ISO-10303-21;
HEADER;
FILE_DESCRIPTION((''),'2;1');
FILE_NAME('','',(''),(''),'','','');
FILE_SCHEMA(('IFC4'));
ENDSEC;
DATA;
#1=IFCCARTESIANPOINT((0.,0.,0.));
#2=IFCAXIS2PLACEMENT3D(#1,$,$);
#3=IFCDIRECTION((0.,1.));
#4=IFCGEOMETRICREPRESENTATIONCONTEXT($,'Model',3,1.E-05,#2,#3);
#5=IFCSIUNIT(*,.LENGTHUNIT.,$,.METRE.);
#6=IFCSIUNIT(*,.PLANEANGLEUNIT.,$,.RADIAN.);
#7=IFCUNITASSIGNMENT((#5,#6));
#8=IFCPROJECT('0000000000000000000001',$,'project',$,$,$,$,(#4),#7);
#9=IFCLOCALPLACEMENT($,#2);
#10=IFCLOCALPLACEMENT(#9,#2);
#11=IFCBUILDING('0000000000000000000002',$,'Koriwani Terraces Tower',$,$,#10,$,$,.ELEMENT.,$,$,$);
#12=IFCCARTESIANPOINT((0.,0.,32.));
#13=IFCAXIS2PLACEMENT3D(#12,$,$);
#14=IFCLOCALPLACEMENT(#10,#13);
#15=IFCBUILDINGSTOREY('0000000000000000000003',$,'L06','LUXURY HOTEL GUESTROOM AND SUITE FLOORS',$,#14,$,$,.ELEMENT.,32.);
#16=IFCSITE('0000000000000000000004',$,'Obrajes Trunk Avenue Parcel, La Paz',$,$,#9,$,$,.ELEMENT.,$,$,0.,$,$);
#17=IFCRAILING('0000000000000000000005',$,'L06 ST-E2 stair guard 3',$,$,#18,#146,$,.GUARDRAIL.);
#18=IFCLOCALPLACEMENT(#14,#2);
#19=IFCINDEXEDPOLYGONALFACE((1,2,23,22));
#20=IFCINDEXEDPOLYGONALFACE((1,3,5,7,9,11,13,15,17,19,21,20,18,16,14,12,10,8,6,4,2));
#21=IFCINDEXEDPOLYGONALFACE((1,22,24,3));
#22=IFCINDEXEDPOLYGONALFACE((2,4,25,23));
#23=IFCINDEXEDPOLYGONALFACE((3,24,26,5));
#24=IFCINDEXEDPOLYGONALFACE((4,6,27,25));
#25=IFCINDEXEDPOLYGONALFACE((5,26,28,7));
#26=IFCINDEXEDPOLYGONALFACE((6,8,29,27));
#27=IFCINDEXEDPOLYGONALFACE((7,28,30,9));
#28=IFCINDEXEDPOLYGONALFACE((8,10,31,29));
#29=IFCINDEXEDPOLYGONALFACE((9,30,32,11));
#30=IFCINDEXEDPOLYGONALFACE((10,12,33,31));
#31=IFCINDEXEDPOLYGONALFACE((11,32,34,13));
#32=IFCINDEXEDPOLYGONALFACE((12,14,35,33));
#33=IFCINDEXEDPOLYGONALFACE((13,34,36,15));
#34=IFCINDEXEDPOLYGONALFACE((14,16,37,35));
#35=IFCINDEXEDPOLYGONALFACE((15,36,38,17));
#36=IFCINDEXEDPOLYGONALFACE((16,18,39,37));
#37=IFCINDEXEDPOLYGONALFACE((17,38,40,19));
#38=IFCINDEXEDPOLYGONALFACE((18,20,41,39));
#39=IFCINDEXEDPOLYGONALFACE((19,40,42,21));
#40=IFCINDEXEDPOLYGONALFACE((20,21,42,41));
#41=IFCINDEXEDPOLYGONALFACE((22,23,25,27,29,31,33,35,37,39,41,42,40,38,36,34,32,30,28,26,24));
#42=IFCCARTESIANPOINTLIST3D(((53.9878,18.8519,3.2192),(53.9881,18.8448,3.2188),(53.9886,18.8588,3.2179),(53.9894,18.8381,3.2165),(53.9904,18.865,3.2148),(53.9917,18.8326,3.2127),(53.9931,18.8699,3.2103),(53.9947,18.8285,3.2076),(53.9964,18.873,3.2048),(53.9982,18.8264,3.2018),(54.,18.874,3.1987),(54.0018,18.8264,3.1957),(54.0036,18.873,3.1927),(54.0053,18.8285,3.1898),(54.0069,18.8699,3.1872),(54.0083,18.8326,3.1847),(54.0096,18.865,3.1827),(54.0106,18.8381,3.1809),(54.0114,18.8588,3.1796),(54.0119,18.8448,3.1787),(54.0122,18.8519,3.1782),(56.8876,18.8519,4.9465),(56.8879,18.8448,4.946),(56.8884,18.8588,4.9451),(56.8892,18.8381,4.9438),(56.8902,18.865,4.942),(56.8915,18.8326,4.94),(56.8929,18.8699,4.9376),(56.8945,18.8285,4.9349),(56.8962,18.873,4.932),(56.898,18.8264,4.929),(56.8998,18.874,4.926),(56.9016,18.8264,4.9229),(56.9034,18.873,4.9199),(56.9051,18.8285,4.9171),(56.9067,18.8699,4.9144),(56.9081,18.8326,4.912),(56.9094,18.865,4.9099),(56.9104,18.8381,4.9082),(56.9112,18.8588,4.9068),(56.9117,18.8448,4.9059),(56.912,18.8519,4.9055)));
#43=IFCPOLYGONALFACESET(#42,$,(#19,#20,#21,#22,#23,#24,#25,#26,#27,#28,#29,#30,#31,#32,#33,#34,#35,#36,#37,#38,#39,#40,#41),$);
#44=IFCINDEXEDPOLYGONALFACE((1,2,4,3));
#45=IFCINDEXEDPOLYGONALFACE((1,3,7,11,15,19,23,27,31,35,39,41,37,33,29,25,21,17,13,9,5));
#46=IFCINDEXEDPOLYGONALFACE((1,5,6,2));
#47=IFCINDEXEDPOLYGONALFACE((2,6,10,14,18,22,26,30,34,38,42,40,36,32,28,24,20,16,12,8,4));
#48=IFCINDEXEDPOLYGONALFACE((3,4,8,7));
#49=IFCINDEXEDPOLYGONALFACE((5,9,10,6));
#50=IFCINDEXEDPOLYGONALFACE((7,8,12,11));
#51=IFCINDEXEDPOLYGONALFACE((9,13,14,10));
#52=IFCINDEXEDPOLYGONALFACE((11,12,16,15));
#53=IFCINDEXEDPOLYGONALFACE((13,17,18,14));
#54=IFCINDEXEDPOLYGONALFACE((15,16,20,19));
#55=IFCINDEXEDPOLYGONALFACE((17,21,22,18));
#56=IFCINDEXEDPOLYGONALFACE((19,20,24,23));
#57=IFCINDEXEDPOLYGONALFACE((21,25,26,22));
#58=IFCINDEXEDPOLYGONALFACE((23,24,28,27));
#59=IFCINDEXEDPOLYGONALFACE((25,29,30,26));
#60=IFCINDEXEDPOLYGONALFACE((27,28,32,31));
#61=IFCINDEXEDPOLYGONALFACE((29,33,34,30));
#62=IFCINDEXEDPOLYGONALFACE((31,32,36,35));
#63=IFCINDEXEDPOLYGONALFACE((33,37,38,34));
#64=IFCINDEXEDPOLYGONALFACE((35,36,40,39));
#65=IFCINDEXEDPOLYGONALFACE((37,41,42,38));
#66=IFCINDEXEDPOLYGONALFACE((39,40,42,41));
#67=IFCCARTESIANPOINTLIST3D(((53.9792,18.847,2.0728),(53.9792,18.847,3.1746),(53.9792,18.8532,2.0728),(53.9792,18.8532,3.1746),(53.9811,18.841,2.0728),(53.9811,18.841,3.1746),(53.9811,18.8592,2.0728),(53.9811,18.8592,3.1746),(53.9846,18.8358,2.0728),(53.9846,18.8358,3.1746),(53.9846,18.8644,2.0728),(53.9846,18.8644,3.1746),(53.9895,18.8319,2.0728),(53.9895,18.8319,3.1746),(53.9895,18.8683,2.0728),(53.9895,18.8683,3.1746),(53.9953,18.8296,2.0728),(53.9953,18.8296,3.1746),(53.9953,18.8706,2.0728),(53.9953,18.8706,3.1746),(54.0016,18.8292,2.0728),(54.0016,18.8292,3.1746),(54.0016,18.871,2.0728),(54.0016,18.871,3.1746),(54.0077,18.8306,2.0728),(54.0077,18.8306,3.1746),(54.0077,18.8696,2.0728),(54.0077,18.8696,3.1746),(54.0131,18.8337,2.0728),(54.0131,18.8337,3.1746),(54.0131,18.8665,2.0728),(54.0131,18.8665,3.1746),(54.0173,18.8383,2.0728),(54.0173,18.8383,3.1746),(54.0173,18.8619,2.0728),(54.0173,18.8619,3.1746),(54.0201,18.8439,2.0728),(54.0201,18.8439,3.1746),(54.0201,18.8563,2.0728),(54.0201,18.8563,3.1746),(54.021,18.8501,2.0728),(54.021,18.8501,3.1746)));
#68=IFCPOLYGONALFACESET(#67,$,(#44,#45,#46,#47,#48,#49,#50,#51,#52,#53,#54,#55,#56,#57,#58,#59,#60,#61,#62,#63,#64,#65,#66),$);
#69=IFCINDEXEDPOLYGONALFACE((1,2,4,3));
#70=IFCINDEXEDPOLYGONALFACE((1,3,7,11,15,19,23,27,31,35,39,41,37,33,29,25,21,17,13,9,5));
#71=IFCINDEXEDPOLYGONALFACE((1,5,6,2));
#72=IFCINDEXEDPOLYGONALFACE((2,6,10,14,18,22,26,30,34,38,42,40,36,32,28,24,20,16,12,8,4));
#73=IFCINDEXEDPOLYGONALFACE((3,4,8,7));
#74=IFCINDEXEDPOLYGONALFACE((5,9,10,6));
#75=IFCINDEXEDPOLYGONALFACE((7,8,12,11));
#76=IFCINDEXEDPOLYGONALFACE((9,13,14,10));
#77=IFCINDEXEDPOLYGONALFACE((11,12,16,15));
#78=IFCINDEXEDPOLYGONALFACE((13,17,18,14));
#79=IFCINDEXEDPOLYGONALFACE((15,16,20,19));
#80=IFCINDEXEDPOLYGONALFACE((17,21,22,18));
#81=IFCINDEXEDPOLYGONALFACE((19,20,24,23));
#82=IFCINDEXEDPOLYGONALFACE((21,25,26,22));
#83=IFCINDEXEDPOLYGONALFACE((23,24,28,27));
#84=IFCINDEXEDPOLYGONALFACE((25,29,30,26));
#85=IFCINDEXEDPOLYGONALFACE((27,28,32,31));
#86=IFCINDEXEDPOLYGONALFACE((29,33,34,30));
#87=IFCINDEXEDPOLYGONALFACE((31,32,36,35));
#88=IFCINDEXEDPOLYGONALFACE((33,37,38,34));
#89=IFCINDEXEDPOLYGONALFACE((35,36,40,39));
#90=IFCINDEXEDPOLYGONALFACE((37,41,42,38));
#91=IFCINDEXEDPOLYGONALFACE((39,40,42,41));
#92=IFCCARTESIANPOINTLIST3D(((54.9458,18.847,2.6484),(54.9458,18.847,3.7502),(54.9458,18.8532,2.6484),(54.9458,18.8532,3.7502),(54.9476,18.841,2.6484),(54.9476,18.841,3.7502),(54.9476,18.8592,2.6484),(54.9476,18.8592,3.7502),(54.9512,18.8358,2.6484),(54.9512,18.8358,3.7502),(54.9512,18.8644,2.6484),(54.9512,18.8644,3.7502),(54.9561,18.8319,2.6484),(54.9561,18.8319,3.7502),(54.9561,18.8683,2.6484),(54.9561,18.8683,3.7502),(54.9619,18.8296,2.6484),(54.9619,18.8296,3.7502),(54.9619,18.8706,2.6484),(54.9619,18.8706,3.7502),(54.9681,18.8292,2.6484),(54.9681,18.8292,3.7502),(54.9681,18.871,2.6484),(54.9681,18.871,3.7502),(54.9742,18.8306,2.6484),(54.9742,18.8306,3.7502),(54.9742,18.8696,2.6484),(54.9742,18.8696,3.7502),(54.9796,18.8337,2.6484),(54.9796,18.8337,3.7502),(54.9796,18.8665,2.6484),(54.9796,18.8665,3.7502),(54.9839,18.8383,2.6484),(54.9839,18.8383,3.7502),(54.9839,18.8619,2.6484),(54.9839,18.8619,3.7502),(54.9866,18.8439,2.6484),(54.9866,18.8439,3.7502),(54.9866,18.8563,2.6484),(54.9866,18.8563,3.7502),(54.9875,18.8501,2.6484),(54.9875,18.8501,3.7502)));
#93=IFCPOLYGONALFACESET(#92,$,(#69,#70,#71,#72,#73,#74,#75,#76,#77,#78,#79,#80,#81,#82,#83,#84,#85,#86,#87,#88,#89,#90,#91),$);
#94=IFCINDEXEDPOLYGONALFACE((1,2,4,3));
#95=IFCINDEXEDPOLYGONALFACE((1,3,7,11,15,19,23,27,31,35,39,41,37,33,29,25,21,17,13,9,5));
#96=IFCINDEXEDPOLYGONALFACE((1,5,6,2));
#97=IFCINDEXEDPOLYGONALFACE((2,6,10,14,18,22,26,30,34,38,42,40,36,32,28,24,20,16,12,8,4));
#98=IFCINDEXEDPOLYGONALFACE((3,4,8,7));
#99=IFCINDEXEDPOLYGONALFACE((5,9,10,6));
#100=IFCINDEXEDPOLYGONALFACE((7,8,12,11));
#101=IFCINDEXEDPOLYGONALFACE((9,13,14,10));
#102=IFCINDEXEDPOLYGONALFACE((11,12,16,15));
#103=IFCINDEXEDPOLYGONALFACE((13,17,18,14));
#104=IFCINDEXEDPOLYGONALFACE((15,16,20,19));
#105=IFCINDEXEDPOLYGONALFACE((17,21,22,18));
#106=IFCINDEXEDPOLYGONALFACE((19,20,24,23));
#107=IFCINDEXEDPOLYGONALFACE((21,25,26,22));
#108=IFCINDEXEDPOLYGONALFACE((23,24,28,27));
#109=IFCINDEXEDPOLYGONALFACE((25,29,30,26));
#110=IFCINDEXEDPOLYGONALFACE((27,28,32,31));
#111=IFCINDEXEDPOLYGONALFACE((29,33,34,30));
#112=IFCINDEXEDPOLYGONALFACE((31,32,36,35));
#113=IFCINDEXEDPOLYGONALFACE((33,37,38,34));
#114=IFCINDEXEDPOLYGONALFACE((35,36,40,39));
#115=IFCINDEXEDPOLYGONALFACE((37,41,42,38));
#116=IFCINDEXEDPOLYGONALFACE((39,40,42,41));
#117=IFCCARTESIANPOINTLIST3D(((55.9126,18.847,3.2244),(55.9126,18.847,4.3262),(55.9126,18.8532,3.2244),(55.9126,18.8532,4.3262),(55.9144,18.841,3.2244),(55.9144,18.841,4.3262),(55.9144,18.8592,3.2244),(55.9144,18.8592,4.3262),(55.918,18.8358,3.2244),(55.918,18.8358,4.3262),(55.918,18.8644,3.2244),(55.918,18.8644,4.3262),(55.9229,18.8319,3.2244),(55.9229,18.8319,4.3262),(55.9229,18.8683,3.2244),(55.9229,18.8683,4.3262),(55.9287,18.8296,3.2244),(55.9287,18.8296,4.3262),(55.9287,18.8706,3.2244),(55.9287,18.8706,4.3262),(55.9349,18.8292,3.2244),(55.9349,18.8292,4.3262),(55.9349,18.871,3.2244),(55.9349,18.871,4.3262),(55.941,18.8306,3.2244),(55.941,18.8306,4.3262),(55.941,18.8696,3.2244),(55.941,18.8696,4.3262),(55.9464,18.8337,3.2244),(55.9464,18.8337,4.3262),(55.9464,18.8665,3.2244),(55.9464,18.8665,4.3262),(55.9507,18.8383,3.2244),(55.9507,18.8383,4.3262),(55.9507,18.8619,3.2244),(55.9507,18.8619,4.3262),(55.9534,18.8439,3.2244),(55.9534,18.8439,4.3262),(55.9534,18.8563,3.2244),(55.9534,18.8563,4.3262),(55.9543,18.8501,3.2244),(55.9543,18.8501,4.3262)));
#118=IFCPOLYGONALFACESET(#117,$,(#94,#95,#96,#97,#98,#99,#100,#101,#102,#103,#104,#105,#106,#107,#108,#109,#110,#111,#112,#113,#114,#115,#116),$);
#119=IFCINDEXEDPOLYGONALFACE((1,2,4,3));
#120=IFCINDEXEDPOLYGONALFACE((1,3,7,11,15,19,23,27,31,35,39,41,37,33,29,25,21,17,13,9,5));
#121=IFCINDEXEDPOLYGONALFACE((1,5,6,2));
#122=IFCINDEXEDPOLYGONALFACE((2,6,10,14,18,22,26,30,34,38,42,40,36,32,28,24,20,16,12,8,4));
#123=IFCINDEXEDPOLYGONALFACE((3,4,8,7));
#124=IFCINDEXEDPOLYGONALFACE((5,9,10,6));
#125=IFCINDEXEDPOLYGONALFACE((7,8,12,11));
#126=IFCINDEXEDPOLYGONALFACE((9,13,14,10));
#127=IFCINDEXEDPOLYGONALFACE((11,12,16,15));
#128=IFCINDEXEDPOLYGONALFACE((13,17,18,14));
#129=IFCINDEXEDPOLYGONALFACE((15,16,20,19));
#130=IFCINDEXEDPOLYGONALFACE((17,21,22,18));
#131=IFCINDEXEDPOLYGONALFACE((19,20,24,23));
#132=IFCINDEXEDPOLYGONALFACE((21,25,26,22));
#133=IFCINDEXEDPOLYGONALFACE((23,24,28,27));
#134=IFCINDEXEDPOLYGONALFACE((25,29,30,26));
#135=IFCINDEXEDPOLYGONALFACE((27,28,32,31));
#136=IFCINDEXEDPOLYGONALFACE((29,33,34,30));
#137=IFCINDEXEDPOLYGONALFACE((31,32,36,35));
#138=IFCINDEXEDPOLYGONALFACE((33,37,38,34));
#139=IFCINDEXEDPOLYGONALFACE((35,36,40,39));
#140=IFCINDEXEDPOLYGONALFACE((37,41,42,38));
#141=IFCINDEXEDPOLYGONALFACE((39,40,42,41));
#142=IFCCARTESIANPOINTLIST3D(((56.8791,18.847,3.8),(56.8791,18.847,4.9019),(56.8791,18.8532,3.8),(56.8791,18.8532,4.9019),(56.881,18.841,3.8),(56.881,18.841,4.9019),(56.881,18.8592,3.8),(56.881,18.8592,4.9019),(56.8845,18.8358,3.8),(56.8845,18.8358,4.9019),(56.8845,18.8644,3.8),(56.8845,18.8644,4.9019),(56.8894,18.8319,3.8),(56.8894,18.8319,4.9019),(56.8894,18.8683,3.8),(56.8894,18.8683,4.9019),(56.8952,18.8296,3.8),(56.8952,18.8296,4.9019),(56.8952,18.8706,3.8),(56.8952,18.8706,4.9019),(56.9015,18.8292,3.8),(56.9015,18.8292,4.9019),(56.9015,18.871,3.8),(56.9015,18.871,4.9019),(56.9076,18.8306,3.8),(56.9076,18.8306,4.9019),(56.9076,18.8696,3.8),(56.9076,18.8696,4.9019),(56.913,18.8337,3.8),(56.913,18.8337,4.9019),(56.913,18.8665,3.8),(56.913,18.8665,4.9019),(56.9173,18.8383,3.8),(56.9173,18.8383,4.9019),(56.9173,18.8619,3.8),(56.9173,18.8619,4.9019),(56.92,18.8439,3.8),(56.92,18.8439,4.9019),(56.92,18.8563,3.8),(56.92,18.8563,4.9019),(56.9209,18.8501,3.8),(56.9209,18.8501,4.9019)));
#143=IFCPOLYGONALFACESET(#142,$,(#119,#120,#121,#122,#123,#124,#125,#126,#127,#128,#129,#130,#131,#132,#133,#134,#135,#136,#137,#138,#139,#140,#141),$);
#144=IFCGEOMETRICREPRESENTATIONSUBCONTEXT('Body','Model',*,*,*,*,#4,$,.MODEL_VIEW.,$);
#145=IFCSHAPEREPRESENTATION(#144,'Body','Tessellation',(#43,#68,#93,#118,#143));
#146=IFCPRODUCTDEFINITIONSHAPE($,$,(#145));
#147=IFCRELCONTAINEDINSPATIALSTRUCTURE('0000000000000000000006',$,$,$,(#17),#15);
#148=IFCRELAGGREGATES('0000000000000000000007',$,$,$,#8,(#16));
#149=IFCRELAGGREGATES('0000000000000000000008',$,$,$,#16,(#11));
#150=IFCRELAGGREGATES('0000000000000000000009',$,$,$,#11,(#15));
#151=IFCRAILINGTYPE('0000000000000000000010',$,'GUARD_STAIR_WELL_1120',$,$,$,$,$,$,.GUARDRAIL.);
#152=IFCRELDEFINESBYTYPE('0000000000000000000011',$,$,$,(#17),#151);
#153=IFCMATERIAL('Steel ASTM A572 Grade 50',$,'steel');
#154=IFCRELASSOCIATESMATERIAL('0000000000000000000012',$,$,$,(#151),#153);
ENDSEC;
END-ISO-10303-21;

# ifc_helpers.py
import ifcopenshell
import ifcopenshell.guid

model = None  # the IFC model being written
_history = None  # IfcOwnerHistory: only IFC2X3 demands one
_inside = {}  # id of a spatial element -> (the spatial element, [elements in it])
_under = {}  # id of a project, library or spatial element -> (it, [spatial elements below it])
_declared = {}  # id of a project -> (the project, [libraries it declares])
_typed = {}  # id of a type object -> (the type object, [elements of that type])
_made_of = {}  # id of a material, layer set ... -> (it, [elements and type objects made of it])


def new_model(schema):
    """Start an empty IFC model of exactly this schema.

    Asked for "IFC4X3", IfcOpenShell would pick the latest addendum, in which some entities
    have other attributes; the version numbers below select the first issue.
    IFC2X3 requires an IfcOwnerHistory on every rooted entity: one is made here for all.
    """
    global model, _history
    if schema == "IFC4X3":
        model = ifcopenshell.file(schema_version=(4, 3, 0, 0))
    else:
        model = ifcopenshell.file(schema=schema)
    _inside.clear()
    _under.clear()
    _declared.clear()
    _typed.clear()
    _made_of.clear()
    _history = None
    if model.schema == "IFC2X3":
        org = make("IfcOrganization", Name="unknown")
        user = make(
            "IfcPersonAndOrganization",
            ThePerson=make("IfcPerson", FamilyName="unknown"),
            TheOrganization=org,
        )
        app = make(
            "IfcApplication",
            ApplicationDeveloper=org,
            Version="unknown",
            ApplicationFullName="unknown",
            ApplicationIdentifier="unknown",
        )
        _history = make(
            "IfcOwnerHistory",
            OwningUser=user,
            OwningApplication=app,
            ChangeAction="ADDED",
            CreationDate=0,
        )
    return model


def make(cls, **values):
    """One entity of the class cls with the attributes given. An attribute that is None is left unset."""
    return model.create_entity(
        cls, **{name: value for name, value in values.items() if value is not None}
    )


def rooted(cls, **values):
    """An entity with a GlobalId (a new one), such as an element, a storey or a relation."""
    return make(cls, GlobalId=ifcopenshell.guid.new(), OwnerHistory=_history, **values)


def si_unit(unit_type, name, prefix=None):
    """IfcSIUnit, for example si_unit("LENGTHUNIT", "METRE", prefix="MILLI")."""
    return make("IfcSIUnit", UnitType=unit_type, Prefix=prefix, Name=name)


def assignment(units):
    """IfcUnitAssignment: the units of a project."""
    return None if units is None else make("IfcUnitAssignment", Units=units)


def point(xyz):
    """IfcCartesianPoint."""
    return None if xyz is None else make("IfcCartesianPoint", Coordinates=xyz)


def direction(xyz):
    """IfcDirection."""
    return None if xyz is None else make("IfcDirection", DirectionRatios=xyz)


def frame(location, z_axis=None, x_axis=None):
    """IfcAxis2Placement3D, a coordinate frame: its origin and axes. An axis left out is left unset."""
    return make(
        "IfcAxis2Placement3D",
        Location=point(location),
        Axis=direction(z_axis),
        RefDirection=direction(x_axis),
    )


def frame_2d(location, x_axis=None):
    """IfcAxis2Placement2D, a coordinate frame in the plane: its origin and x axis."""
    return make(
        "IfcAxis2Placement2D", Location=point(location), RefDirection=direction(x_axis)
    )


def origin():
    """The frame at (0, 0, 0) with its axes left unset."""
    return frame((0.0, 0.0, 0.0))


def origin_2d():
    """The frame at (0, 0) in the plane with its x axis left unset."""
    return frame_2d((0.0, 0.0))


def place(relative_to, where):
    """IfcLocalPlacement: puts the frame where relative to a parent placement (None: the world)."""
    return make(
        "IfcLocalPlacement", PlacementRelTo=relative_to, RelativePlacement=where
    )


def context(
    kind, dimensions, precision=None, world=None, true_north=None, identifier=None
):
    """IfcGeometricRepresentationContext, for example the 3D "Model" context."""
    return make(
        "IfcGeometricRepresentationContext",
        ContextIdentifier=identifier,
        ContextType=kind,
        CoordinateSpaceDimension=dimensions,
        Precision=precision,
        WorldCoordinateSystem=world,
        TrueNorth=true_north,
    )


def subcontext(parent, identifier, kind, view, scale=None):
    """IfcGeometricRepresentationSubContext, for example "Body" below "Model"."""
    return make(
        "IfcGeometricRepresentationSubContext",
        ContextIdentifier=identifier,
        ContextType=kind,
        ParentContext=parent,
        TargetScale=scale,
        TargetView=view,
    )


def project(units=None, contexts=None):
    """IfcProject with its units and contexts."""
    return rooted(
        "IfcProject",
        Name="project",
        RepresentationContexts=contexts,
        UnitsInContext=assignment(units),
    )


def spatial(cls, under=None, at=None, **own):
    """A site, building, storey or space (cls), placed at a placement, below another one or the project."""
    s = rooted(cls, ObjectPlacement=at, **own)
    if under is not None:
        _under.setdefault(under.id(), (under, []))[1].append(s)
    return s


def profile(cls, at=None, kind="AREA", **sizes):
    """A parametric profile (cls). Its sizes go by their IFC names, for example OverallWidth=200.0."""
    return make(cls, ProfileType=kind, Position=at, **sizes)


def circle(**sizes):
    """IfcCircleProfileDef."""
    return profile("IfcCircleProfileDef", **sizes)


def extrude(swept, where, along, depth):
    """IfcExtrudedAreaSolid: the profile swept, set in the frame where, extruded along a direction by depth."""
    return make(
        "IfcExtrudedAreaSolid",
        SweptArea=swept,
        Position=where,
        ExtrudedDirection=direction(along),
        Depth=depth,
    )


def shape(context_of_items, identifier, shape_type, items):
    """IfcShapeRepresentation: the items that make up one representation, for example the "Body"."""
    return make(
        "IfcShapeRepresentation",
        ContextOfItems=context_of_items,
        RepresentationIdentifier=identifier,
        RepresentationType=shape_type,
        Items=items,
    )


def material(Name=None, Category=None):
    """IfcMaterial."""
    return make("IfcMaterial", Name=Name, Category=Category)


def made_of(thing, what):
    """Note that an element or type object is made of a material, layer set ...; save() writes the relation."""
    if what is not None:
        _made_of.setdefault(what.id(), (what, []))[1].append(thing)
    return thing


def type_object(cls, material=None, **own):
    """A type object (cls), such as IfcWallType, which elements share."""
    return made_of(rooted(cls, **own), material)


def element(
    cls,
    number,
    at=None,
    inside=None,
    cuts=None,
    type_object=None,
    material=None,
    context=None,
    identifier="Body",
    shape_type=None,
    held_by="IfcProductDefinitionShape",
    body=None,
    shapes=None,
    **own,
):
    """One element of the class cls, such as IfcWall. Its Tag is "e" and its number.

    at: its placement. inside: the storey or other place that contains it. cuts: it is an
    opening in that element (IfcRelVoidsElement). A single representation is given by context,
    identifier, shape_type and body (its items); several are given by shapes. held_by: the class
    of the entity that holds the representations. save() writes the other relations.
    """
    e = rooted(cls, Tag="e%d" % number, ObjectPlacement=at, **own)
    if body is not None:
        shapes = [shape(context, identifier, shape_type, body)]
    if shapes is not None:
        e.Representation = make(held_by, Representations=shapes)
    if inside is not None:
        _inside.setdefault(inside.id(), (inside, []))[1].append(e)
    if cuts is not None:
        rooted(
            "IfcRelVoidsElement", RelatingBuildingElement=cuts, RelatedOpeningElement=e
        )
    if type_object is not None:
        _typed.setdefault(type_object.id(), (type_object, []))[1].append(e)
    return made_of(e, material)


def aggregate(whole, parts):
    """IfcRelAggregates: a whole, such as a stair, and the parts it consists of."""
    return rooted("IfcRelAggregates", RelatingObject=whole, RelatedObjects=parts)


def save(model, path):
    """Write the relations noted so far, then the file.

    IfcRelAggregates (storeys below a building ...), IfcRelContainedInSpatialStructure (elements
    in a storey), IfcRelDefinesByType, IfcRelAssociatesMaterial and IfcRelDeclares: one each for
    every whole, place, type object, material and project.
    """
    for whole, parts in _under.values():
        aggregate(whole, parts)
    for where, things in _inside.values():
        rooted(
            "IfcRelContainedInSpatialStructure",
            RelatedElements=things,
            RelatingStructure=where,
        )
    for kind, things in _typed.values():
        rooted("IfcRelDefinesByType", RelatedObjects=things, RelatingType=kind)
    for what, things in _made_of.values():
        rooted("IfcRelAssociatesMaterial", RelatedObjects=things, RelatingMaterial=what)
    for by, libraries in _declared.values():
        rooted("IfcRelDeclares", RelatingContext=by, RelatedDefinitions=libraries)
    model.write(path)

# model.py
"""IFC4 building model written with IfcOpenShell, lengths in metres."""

from ifc_helpers import new_model, si_unit, direction, frame, origin, origin_2d, place, context, subcontext, project, spatial, circle, extrude, material, type_object, element, save


model = new_model("IFC4")

# Units and contexts
model_context = context("Model", 3, precision=1e-05, world=origin(), true_north=direction((0.0, 1.0)))
body_context = subcontext(model_context, "Body", "Model", "MODEL_VIEW")
ifc_project = project(units=[si_unit("LENGTHUNIT", "METRE"), si_unit("PLANEANGLEUNIT", "RADIAN")], contexts=[model_context])

# Site, building, storey
site_placement = place(None, origin())
site = spatial("IfcSite", under=ifc_project, at=site_placement, Name="Obrajes Trunk Avenue Parcel, La Paz", CompositionType="ELEMENT", RefElevation=0.0)
building_placement = place(site_placement, origin())
building = spatial("IfcBuilding", under=site, at=building_placement, Name="Koriwani Terraces Tower", CompositionType="ELEMENT")
storey_placement = place(building_placement, frame((0.0, 0.0, 32.0)))
storey = spatial("IfcBuildingStorey", under=building, at=storey_placement, Name="L06", Description="LUXURY HOTEL GUESTROOM AND SUITE FLOORS", CompositionType="ELEMENT", Elevation=32.0)

# Shared definitions
ifc_material_1 = material(Name="Steel ASTM A572 Grade 50", Category="steel")

# Railing
railing_type_1 = type_object("IfcRailingType", Name="GUARD_STAIR_WELL_1120", PredefinedType="GUARDRAIL", material=ifc_material_1)
railing_1_placement = place(storey_placement, frame((54.0, 18.8501, 2.0728)))
element("IfcRailing", 1, at=railing_1_placement, inside=storey, type_object=railing_type_1, Name="L06 ST-E2 stair guard 3", PredefinedType="GUARDRAIL", context=body_context, shape_type="SweptSolid", body=[
    extrude(circle(Radius=0.0239, at=origin_2d()), frame((0.0, 0.0, 1.126), z_axis=(0.859141, 0.0, 0.511738), x_axis=(0.0, 1.0, 0.0)), (0.0, 0.0, 1.0), 3.3752),
    extrude(circle(Radius=0.021, at=origin_2d()), origin(), (0.0, 0.0, 1.0), 1.1018),
    extrude(circle(Radius=0.021, at=origin_2d()), frame((0.9666, 0.0, 0.5757)), (0.0, 0.0, 1.0), 1.1018),
    extrude(circle(Radius=0.021, at=origin_2d()), frame((1.9333, 0.0, 1.1516)), (0.0, 0.0, 1.0), 1.1018),
    extrude(circle(Radius=0.021, at=origin_2d()), frame((2.8999, 0.0, 1.7273)), (0.0, 0.0, 1.0), 1.1018),
])

save(model, "model.ifc")
